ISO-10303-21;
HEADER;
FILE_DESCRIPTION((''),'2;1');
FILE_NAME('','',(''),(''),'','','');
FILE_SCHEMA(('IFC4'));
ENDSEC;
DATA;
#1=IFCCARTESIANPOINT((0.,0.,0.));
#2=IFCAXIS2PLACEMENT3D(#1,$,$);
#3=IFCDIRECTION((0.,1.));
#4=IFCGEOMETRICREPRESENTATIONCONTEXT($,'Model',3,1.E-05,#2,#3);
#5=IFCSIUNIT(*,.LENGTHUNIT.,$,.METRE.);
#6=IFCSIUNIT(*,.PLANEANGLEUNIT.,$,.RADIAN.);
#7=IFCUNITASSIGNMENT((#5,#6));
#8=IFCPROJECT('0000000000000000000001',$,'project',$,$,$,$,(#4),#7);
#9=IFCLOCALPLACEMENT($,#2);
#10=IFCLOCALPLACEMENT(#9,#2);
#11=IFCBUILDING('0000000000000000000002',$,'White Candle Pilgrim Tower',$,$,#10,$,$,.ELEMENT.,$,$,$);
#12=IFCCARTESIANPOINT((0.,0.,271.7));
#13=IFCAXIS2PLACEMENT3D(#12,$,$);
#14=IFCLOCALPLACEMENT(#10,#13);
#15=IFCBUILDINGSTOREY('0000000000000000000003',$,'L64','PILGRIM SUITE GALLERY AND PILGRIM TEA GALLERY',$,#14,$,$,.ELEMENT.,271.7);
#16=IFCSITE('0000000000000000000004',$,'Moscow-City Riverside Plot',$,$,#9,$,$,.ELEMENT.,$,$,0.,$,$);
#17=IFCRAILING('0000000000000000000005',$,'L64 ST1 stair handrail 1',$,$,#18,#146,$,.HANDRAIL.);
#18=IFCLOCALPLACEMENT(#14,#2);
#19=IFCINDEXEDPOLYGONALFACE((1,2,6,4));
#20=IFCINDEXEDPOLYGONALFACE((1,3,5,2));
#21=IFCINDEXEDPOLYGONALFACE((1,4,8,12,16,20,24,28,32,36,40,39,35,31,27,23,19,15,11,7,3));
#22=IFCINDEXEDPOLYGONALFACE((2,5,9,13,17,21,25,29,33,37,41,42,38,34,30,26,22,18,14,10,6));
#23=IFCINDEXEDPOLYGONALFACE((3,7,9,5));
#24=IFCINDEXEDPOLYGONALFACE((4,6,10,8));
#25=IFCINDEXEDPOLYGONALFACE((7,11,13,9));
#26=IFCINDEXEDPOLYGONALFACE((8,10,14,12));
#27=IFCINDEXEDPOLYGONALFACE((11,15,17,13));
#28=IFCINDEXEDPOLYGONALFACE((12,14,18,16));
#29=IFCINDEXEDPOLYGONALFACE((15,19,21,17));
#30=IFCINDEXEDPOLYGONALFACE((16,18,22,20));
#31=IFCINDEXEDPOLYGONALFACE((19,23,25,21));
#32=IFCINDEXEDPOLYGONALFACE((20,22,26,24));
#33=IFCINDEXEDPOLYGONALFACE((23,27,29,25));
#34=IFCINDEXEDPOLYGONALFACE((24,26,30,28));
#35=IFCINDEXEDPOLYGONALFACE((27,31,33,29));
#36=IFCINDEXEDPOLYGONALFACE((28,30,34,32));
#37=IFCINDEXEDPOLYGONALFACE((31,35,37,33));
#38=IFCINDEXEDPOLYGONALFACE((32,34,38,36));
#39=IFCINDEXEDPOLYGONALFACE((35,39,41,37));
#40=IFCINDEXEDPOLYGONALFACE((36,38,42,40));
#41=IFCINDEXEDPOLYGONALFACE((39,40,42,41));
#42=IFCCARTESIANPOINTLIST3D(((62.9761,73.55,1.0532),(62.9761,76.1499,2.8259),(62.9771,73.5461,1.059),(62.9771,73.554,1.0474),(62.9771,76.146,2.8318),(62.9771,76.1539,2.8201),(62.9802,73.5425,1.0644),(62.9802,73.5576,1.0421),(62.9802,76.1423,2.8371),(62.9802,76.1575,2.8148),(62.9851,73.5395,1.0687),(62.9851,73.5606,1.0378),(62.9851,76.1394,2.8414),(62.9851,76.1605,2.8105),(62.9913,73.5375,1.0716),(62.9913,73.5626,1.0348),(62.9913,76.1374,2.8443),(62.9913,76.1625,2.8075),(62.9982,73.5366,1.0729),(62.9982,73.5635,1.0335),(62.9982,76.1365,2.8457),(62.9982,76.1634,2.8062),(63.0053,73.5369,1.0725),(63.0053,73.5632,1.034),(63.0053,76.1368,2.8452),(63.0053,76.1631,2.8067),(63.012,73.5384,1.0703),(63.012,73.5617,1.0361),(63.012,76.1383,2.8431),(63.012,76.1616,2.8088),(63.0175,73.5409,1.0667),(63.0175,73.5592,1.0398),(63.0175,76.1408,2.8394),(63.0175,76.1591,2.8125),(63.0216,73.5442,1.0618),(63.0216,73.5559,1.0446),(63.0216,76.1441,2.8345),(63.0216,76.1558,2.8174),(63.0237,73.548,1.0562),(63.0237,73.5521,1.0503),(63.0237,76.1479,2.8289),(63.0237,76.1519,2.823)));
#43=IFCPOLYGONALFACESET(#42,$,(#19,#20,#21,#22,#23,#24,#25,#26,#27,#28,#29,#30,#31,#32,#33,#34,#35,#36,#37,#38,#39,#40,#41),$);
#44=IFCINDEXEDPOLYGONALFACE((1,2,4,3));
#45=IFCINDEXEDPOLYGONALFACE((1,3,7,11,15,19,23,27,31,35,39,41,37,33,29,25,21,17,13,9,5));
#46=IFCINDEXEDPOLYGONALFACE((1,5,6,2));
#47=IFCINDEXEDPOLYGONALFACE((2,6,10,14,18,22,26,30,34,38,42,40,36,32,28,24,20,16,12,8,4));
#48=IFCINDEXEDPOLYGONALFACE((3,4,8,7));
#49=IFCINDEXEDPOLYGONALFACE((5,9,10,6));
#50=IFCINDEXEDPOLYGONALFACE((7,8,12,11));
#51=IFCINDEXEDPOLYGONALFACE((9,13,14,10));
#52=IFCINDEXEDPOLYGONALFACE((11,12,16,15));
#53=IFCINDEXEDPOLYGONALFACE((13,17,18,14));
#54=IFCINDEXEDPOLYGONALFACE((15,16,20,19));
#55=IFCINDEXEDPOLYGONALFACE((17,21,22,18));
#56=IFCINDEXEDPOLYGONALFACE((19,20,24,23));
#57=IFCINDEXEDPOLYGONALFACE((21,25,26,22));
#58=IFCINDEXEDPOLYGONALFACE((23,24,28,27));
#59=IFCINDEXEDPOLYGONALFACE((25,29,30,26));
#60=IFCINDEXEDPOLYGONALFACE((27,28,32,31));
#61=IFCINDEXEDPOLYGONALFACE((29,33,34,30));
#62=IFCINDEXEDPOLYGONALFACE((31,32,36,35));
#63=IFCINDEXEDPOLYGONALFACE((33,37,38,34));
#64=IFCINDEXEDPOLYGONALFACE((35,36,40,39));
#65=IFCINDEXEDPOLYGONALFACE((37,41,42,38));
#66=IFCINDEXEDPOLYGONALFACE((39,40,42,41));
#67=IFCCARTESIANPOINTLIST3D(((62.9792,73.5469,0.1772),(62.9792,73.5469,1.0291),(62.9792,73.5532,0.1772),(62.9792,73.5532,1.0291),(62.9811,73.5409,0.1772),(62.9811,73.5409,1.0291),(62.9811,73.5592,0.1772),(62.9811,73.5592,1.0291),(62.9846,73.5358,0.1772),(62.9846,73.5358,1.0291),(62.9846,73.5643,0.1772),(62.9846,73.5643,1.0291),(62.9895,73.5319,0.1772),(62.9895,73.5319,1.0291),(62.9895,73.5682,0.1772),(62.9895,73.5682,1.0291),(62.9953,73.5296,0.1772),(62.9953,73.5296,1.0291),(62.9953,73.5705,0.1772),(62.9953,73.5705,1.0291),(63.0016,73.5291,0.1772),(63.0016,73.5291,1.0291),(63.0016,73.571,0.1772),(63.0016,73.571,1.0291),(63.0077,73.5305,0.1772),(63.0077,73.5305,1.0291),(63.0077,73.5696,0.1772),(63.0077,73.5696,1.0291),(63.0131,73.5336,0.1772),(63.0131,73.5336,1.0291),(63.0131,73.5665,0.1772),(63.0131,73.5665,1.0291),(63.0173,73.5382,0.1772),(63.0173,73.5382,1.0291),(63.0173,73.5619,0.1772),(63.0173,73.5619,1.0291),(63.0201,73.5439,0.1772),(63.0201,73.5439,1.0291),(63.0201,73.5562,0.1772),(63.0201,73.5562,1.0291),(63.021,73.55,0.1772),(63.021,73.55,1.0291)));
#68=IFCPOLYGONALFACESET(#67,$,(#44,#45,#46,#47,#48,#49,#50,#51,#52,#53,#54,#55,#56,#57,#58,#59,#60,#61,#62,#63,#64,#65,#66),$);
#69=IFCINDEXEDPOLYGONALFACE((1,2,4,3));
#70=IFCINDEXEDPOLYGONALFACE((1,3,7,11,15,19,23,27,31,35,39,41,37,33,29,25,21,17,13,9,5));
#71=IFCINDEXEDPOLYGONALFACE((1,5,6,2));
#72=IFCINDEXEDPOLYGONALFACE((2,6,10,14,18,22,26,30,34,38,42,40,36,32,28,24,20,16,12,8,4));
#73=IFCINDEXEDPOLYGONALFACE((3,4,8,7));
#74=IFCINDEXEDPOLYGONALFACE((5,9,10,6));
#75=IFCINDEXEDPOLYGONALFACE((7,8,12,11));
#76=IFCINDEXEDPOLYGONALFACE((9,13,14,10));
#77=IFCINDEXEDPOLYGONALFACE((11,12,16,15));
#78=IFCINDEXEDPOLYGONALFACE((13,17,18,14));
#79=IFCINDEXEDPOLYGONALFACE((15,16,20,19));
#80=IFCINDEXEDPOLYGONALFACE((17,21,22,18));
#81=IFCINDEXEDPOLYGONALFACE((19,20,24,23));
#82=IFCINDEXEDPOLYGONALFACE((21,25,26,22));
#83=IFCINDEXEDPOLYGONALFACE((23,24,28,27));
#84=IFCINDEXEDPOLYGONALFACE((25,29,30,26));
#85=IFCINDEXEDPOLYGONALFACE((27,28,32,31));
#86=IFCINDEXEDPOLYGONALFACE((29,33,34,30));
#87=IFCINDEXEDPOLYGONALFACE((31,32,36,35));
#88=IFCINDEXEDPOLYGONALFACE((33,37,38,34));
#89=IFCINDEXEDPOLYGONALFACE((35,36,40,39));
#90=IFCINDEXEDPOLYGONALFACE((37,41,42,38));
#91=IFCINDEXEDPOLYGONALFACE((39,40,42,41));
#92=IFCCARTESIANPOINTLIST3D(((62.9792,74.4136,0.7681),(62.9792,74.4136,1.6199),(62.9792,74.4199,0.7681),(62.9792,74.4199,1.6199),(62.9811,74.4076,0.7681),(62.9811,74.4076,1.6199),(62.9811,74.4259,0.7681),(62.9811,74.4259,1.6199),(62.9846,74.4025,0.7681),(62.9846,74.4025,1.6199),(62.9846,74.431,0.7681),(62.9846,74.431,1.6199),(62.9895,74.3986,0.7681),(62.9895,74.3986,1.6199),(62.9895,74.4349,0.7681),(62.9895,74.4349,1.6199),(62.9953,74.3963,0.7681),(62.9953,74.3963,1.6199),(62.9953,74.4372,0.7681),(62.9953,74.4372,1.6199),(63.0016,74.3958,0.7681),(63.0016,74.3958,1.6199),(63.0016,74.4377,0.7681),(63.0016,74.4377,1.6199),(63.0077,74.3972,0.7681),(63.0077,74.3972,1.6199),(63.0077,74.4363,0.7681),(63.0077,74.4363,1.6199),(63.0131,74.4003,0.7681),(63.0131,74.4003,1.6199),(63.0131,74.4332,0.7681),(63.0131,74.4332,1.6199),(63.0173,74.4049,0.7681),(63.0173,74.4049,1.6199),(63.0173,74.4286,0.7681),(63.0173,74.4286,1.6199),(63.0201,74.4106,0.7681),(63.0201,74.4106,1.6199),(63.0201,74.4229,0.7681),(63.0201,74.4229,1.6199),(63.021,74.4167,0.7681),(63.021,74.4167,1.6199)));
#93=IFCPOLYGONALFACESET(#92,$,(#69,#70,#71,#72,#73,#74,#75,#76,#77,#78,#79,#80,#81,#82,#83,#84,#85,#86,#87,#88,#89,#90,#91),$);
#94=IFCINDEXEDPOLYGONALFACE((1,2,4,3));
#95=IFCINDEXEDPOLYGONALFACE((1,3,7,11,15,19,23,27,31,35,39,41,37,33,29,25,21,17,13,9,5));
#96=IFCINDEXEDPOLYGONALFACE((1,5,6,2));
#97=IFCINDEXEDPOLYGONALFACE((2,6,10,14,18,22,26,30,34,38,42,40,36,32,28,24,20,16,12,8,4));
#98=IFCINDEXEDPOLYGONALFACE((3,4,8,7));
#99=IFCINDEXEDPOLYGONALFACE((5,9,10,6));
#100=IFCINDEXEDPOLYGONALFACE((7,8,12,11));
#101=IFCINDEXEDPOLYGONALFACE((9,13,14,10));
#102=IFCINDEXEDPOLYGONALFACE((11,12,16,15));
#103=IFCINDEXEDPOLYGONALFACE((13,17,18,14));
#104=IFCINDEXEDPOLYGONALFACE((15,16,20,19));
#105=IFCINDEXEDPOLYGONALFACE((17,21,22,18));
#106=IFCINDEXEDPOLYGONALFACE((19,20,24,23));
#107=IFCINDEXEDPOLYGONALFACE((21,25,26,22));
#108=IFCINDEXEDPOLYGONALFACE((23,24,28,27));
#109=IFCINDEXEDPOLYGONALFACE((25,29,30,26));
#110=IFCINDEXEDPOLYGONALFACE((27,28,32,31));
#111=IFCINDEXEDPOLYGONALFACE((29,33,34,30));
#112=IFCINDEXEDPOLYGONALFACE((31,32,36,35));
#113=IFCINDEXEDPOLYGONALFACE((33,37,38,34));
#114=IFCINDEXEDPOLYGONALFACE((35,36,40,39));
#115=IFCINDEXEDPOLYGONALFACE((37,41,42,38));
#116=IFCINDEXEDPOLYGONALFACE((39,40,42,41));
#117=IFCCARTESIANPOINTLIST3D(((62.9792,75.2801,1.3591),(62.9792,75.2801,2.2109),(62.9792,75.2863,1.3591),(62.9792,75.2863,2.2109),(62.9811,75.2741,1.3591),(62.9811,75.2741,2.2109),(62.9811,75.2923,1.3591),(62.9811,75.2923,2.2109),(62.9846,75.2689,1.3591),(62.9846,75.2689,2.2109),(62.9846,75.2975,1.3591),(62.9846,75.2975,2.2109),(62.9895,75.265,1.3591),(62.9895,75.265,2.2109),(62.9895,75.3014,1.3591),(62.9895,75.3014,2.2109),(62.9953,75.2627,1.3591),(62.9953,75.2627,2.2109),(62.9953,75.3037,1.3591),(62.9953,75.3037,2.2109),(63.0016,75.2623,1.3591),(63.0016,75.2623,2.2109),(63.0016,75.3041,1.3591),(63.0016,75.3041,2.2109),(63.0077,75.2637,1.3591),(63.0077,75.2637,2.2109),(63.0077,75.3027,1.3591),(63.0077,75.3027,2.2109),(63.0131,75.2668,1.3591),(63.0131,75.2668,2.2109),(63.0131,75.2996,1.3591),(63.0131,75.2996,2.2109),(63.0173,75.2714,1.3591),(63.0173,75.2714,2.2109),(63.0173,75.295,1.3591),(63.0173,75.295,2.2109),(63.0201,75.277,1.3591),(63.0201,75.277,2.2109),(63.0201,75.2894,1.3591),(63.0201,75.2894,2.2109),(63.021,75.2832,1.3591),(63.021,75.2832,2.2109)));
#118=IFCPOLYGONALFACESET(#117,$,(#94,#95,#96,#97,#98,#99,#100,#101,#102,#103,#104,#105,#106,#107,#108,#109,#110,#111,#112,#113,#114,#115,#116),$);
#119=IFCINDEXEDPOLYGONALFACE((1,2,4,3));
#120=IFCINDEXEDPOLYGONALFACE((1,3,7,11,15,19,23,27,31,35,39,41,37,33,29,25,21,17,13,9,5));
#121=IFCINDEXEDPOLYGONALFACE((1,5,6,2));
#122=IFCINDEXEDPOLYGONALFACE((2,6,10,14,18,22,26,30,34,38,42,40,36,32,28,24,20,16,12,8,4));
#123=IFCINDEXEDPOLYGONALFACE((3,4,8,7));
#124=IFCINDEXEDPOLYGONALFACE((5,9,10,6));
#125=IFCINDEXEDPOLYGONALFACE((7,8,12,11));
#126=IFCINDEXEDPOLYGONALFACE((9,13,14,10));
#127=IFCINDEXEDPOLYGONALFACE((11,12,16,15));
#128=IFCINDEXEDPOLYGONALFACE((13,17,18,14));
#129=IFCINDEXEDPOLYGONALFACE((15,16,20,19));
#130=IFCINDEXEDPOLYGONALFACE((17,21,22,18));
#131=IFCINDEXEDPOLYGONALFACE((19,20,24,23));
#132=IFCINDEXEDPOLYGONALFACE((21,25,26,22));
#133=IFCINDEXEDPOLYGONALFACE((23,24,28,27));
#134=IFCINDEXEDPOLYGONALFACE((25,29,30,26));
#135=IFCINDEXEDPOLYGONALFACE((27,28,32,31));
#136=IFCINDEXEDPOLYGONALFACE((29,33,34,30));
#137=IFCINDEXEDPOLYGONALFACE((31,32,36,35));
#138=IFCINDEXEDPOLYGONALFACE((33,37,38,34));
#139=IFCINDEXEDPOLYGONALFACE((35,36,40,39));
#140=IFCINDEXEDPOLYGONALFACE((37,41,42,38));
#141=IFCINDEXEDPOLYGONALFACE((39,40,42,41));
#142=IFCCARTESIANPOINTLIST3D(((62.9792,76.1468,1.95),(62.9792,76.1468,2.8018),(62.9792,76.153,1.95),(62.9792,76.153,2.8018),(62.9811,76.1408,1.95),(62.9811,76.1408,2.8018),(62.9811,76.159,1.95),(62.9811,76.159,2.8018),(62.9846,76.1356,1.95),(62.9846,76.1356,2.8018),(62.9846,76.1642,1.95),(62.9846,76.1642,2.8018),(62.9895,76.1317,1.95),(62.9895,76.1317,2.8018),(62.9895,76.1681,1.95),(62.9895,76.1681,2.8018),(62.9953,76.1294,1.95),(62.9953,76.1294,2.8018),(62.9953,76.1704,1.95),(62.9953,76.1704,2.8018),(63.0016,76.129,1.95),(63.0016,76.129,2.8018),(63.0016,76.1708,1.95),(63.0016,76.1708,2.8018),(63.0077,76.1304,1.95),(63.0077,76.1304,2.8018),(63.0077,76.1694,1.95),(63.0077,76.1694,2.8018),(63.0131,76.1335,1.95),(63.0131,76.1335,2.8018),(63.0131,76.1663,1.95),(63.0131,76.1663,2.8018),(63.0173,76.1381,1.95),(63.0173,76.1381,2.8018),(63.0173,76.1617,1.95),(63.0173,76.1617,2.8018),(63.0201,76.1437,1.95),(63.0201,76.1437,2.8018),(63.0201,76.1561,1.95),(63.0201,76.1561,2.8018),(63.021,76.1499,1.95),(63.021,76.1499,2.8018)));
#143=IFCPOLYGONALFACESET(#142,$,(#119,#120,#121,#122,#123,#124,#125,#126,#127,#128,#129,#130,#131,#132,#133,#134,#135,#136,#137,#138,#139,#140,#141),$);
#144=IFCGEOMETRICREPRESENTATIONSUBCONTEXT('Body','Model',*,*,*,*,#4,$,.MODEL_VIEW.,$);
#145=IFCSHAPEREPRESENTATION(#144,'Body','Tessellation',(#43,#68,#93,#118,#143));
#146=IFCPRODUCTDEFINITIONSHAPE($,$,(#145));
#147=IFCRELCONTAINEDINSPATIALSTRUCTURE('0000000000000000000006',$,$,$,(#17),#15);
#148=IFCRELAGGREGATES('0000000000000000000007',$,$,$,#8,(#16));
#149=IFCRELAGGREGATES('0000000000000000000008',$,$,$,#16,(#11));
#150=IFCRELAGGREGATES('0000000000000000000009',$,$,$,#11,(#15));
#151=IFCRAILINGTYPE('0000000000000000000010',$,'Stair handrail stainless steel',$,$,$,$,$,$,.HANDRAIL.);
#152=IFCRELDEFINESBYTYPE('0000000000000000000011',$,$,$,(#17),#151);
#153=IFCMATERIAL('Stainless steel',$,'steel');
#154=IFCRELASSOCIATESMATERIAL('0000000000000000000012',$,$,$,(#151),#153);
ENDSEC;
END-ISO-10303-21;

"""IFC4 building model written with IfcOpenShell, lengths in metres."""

from ifc_helpers import new_model, si_unit, direction, frame, origin, origin_2d, place, context, subcontext, project, spatial, circle, extrude, material, type_object, element, save


model = new_model("IFC4")

# Units and contexts
model_context = context("Model", 3, precision=1e-05, world=origin(), true_north=direction((0.0, 1.0)))
body_context = subcontext(model_context, "Body", "Model", "MODEL_VIEW")
ifc_project = project(units=[si_unit("LENGTHUNIT", "METRE"), si_unit("PLANEANGLEUNIT", "RADIAN")], contexts=[model_context])

# Site, building, storey
site_placement = place(None, origin())
site = spatial("IfcSite", under=ifc_project, at=site_placement, Name="Moscow-City Riverside Plot", CompositionType="ELEMENT", RefElevation=0.0)
building_placement = place(site_placement, origin())
building = spatial("IfcBuilding", under=site, at=building_placement, Name="White Candle Pilgrim Tower", CompositionType="ELEMENT")
storey_placement = place(building_placement, frame((0.0, 0.0, 271.7)))
storey = spatial("IfcBuildingStorey", under=building, at=storey_placement, Name="L64", Description="PILGRIM SUITE GALLERY AND PILGRIM TEA GALLERY", CompositionType="ELEMENT", Elevation=271.7)

# Railing
ifc_material_1 = material(Name="Stainless steel", Category="steel")
railing_type_1 = type_object("IfcRailingType", Name="Stair handrail stainless steel", PredefinedType="HANDRAIL", material=ifc_material_1)
railing_1_placement = place(storey_placement, frame((63.0, 73.55, 0.1772)))
element("IfcRailing", 1, at=railing_1_placement, inside=storey, type_object=railing_type_1, Name="L64 ST1 stair handrail 1", PredefinedType="HANDRAIL", context=body_context, shape_type="SweptSolid", body=[
    extrude(circle(Radius=0.0239, at=origin_2d()), frame((0.0, 0.0, 0.876), z_axis=(0.0, 0.826216, 0.563354), x_axis=(-1.0, 0.0, 0.0)), (0.0, 0.0, 1.0), 3.1467),
    extrude(circle(Radius=0.021, at=origin_2d()), origin(), (0.0, 0.0, 1.0), 0.8518),
    extrude(circle(Radius=0.021, at=origin_2d()), frame((0.0, 0.8667, 0.5908)), (0.0, 0.0, 1.0), 0.8518),
    extrude(circle(Radius=0.021, at=origin_2d()), frame((0.0, 1.7332, 1.1819)), (0.0, 0.0, 1.0), 0.8518),
    extrude(circle(Radius=0.021, at=origin_2d()), frame((0.0, 2.5999, 1.7727)), (0.0, 0.0, 1.0), 0.8518),
])

save(model, "model.ifc")
